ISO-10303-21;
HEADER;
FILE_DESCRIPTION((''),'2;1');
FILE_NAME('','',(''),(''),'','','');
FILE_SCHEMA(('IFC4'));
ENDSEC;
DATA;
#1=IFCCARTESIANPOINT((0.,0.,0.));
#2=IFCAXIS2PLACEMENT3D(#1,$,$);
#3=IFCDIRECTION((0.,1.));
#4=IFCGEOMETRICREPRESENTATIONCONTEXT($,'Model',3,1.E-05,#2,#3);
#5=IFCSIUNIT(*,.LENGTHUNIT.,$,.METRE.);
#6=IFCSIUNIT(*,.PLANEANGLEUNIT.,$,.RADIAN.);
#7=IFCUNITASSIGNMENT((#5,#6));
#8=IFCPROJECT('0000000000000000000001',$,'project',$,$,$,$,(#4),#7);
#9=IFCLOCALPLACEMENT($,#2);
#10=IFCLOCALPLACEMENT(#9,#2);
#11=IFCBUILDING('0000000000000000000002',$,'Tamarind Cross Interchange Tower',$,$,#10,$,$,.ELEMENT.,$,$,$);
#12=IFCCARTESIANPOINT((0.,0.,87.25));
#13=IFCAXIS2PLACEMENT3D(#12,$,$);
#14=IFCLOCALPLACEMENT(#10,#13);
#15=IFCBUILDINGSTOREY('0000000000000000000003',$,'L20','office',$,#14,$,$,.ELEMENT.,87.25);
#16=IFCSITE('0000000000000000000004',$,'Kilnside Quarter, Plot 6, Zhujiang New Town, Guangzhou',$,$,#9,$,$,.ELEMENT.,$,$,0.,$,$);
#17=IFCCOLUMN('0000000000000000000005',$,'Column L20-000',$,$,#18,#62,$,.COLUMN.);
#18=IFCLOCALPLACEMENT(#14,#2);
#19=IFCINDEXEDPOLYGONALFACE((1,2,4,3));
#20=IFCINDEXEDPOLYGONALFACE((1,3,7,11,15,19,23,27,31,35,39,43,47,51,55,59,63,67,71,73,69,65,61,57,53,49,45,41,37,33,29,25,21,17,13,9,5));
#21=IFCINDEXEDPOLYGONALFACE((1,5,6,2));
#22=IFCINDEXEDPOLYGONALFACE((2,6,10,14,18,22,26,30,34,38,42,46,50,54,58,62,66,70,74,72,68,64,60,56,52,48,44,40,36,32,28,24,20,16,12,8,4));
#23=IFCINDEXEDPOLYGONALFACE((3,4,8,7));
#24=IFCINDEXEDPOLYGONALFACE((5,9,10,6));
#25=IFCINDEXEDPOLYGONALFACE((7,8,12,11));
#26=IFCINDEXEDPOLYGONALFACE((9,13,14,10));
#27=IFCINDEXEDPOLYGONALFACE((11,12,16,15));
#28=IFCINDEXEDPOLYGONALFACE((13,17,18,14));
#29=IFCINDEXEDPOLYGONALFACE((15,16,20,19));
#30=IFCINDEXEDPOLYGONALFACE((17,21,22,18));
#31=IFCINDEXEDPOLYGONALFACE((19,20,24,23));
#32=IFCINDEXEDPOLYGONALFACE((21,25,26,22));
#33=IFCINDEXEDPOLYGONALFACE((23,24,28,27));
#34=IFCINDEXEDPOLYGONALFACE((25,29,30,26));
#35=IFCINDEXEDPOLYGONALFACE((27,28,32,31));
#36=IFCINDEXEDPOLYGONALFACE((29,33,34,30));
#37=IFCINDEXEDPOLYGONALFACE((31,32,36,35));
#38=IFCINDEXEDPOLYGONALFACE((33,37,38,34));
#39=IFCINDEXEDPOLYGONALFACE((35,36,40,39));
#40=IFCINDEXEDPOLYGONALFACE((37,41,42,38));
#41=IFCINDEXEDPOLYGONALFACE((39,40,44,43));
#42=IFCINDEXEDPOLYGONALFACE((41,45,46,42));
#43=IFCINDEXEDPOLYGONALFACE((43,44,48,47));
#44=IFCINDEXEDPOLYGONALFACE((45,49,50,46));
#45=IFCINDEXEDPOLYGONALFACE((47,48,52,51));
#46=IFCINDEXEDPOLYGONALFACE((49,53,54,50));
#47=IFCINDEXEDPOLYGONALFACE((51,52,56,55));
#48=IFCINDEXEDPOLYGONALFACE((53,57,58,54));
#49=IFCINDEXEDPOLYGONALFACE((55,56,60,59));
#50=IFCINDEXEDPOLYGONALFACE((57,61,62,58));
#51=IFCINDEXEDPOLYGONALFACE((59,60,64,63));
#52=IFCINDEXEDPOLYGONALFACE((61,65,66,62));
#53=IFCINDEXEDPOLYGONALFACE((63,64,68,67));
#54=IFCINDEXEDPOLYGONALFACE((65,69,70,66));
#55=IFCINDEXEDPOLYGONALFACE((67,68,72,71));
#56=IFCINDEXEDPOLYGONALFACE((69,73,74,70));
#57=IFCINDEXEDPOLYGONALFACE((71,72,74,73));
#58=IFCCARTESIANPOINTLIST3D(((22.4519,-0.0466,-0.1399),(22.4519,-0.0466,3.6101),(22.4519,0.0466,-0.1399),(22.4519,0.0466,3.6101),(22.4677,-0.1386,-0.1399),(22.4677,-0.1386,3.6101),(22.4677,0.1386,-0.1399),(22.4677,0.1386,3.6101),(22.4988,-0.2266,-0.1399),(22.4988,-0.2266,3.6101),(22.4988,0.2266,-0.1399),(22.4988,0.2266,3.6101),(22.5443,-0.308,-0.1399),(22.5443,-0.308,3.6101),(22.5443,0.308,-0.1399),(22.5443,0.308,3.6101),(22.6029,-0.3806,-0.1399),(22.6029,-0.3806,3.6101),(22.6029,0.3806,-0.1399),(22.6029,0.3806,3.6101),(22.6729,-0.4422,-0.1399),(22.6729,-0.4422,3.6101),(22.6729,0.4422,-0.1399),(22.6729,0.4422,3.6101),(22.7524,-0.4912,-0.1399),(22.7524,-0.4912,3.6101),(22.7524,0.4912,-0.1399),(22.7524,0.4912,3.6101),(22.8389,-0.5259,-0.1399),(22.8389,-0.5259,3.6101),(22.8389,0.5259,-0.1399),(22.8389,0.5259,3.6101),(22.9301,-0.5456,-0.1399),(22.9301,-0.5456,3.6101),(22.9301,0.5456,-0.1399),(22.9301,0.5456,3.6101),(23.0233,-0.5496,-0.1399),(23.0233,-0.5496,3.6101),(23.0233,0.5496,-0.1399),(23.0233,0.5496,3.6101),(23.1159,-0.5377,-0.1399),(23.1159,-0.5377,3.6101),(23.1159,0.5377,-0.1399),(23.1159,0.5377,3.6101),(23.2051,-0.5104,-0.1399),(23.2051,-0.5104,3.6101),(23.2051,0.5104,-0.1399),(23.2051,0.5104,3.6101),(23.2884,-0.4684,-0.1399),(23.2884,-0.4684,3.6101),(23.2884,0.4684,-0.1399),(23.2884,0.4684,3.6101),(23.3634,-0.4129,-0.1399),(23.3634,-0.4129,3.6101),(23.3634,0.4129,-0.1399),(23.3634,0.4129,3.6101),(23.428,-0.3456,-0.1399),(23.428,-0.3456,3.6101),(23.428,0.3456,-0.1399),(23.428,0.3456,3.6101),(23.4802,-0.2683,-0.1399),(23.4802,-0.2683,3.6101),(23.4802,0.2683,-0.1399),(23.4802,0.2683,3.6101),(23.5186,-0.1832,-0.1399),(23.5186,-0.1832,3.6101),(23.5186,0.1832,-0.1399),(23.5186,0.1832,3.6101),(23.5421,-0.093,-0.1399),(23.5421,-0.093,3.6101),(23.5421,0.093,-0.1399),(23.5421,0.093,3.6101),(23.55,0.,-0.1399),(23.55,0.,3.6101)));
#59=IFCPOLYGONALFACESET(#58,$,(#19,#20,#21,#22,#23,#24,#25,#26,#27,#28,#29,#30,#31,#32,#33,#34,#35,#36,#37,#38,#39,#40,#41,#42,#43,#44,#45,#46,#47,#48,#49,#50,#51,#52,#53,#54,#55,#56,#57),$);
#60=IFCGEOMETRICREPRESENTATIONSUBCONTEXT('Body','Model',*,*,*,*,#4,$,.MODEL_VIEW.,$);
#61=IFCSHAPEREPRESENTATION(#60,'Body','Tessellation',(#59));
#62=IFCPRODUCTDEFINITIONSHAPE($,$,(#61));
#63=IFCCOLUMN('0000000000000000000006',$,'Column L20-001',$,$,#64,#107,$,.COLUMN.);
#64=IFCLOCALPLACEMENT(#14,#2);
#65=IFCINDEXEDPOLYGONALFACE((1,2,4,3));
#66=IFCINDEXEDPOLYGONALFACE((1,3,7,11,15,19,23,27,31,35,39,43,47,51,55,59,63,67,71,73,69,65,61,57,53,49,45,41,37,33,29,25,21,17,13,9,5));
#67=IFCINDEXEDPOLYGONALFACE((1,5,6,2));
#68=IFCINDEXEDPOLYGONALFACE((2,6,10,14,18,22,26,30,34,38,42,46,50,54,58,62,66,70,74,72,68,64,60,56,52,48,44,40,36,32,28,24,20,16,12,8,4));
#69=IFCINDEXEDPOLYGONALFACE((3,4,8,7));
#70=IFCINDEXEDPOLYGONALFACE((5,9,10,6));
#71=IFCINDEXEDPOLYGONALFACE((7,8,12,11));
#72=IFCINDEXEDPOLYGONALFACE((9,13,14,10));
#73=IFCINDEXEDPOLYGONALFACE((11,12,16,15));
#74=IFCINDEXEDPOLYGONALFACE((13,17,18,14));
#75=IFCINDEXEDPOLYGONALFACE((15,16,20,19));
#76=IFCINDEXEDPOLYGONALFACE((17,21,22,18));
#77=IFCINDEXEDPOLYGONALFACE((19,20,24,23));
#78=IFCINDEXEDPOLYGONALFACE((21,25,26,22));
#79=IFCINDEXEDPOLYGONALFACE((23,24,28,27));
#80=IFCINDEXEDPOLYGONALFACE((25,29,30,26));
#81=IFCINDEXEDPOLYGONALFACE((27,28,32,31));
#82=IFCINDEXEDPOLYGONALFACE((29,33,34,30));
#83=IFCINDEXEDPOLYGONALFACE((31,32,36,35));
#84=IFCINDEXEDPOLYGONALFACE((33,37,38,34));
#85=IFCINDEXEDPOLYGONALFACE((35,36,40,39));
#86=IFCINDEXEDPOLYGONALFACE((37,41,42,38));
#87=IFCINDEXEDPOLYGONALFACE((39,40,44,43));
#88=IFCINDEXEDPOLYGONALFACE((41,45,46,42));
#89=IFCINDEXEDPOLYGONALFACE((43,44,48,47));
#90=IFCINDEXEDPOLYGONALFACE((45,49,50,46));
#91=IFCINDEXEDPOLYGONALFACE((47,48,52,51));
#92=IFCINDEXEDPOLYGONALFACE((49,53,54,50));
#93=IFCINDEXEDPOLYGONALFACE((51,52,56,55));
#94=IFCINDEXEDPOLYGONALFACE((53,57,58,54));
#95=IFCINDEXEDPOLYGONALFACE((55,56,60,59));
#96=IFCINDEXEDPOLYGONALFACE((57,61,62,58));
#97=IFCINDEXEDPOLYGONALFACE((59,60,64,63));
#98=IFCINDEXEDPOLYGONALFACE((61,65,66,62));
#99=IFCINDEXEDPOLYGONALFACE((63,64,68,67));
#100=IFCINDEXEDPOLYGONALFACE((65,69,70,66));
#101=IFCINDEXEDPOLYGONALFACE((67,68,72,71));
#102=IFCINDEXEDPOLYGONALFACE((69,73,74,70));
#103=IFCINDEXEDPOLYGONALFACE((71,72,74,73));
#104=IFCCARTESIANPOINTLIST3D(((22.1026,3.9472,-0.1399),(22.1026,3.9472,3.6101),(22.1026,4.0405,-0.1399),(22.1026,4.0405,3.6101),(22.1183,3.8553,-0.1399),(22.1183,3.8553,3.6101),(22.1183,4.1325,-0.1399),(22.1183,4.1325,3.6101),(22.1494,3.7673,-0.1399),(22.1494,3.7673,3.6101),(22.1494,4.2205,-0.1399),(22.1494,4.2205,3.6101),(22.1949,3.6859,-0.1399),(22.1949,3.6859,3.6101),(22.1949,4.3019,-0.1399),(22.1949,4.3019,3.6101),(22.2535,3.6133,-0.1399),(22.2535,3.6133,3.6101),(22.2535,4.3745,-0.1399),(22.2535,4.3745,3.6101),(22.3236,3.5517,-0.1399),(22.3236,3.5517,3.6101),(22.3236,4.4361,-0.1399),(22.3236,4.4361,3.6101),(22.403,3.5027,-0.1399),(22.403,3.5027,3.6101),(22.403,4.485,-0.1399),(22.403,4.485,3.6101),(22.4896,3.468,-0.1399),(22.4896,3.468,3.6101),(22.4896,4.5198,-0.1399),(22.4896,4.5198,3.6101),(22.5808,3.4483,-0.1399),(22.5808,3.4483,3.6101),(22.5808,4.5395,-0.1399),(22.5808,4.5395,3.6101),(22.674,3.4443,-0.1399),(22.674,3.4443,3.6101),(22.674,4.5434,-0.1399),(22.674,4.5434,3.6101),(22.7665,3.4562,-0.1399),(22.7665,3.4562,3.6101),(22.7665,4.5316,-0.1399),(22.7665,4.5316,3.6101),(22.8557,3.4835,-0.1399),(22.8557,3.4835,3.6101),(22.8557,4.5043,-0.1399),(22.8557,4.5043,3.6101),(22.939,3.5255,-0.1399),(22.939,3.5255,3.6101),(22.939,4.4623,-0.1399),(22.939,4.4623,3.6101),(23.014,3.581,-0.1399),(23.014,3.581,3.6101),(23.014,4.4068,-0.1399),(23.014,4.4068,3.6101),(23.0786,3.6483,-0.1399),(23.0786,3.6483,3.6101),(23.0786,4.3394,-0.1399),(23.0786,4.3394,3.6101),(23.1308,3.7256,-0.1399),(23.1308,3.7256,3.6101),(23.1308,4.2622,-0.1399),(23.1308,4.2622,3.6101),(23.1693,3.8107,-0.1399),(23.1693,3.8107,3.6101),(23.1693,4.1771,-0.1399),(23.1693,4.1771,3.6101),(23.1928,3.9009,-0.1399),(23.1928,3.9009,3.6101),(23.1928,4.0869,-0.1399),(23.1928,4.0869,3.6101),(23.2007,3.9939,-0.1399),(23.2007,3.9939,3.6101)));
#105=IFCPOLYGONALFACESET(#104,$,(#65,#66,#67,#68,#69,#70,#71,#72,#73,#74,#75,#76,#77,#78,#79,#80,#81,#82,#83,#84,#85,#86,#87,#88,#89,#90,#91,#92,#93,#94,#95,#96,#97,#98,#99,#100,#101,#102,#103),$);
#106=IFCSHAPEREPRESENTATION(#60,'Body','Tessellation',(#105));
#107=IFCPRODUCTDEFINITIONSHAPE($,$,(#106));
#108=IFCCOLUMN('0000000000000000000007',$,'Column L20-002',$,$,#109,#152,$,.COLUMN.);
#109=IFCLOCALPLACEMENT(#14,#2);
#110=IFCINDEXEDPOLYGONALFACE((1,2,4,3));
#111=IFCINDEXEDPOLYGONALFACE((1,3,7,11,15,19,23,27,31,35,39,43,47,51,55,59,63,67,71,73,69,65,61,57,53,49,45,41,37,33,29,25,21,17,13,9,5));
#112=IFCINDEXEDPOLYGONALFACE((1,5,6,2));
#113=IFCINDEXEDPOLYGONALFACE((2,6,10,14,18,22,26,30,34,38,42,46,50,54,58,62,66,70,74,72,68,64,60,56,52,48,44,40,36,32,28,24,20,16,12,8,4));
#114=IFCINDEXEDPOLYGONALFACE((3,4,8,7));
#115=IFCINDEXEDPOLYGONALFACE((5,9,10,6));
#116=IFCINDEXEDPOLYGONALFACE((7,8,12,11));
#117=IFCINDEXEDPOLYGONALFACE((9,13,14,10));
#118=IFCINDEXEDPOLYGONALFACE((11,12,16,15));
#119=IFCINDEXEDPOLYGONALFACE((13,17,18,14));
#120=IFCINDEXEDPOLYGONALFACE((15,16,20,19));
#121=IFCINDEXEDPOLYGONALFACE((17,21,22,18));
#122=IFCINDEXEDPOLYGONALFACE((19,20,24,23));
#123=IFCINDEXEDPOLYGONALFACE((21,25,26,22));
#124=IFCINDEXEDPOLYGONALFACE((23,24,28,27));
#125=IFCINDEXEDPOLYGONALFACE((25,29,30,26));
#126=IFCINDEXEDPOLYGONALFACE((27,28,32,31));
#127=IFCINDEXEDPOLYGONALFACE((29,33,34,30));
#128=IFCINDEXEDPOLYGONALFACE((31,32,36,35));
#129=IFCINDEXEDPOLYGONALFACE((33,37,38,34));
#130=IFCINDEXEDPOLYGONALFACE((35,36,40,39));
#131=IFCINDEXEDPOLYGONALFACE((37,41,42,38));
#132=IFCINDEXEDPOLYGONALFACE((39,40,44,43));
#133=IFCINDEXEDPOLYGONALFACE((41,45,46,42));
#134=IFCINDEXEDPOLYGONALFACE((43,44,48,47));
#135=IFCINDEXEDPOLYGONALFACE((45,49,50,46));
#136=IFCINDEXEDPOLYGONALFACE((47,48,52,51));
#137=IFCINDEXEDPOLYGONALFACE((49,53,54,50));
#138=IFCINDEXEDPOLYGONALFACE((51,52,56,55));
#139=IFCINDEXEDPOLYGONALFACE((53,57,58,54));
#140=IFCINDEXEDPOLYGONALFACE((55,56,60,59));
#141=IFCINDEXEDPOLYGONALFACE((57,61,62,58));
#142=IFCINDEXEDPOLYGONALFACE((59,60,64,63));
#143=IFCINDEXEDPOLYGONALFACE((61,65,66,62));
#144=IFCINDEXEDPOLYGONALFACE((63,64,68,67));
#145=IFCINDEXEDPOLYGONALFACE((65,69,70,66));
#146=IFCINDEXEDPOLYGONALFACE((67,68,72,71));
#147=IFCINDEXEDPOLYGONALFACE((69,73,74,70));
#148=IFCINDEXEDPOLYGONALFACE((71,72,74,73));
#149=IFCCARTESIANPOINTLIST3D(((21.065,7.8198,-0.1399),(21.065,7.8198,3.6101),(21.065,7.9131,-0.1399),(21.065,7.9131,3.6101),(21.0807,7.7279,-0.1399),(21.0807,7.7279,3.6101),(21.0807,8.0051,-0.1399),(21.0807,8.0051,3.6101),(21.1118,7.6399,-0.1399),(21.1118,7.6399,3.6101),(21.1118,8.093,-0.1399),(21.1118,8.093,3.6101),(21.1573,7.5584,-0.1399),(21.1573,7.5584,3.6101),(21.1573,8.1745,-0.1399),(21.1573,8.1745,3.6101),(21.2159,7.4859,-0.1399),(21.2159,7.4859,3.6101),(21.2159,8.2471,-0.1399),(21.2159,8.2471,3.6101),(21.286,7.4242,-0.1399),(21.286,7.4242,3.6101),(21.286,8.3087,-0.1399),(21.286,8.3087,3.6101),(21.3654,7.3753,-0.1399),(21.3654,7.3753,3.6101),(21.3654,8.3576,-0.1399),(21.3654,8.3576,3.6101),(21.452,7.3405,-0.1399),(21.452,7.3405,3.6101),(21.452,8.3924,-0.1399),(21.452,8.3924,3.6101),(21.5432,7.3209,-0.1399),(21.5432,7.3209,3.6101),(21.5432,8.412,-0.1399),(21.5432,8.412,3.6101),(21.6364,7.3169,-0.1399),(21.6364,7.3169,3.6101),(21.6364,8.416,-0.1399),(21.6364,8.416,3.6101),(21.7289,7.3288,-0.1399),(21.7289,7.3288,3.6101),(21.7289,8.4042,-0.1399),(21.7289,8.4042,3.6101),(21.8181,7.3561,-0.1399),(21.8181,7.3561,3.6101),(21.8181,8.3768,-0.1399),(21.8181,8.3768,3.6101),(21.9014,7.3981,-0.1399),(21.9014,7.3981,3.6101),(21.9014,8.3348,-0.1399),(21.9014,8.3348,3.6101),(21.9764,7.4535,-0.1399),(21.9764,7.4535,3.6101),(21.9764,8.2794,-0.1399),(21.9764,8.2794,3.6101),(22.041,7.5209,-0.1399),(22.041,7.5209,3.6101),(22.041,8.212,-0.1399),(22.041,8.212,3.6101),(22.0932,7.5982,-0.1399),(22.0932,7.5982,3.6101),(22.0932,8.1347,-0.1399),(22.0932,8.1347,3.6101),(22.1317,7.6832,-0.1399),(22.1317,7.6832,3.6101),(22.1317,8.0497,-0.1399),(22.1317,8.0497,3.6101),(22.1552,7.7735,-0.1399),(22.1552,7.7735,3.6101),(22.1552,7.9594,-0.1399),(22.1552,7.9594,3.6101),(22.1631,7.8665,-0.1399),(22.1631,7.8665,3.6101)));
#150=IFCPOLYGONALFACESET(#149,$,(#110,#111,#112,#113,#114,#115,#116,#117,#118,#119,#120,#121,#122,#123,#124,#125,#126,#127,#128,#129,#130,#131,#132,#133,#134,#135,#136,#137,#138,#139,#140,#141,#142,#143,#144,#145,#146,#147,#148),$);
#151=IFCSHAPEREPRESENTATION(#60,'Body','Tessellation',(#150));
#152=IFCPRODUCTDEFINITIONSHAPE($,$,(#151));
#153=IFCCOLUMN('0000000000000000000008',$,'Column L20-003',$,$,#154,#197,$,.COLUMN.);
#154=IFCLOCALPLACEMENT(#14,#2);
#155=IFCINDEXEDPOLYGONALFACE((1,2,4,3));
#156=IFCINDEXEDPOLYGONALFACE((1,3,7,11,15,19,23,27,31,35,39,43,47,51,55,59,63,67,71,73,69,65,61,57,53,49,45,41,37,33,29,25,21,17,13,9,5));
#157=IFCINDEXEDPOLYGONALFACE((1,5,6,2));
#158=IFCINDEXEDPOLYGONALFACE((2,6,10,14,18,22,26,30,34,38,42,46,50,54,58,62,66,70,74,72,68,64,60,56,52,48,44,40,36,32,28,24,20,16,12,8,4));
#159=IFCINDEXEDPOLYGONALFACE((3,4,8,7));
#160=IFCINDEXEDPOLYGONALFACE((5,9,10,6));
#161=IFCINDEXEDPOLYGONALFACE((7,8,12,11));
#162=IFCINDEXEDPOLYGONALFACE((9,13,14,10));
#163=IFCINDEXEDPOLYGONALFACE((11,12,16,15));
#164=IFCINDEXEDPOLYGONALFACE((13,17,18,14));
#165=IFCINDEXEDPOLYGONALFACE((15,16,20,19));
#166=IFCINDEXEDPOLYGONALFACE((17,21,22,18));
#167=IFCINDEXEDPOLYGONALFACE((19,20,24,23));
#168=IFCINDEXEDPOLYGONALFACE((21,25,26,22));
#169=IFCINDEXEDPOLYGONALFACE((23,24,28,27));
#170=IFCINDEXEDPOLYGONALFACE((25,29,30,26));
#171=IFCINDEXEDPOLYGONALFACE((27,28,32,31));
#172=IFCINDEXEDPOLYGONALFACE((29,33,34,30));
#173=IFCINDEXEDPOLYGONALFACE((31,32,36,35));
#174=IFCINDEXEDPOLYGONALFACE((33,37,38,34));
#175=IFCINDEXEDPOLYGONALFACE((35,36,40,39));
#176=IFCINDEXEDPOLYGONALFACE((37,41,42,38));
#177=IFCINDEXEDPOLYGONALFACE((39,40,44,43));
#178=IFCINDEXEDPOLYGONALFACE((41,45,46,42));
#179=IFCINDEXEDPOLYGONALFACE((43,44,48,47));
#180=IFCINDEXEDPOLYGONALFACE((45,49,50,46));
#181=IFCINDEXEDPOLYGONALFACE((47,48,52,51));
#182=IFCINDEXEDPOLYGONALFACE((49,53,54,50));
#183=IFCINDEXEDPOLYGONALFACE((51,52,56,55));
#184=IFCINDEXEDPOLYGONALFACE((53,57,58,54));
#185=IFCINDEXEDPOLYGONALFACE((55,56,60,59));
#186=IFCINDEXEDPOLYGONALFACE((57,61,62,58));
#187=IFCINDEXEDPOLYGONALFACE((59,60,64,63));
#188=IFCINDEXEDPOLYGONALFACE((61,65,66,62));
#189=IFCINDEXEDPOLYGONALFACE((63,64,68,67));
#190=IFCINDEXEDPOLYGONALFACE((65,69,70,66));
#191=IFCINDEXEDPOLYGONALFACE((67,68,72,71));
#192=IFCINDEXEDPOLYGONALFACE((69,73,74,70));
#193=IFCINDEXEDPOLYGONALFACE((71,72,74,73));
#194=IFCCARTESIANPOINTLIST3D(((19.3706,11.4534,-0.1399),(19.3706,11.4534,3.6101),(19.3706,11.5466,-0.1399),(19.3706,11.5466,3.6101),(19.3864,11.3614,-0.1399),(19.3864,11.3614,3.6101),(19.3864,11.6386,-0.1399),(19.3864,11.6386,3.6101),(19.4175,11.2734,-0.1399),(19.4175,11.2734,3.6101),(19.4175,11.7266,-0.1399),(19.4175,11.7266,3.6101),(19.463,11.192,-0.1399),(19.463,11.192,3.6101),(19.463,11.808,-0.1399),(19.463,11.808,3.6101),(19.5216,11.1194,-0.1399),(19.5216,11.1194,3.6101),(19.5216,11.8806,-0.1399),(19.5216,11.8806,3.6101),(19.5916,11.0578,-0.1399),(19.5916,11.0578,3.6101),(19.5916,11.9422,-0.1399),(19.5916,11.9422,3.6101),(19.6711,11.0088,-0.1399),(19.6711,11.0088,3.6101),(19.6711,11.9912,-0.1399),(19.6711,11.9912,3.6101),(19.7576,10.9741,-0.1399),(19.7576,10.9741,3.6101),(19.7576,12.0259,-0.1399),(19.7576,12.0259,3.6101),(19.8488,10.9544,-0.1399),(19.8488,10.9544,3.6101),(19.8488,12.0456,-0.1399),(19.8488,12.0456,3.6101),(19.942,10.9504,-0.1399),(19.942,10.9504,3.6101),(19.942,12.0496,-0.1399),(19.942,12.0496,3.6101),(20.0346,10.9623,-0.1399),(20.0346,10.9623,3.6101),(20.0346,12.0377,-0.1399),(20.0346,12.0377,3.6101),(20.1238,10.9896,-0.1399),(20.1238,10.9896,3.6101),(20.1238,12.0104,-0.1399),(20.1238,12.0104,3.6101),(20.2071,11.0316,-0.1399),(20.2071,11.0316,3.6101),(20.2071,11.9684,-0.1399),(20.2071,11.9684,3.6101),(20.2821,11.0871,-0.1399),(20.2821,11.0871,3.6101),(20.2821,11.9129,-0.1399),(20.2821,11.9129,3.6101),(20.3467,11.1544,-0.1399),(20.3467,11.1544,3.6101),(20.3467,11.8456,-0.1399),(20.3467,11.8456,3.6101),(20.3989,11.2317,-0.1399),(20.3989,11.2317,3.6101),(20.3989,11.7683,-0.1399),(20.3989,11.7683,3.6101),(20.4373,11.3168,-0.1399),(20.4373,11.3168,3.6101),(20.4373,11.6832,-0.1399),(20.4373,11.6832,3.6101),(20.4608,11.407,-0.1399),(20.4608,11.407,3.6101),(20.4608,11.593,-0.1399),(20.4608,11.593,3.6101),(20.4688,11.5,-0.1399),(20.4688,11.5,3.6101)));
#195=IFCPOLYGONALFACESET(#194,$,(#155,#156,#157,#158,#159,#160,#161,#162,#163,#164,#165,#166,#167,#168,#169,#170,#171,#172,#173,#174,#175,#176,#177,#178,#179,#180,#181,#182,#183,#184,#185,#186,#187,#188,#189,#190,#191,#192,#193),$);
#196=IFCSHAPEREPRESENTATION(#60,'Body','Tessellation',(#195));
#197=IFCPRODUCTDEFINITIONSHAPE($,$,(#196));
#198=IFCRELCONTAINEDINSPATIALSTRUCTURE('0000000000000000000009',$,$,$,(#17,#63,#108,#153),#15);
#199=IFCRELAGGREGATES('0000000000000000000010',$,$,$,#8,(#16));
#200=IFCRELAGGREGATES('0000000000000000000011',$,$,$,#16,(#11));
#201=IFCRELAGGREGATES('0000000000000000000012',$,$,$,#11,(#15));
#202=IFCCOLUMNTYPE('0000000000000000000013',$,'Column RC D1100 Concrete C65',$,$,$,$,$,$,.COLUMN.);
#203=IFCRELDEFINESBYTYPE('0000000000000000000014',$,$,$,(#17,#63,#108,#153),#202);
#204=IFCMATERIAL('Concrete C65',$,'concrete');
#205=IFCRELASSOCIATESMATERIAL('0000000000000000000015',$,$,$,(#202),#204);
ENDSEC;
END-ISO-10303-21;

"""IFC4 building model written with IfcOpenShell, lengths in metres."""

from ifc_helpers import new_model, si_unit, direction, frame, origin, origin_2d, place, context, subcontext, project, spatial, circle, extrude, material, material_profile, profile_set, type_object, element, save


model = new_model("IFC4")

# Units and contexts
model_context = context("Model", 3, precision=1e-05, world=origin(), true_north=direction((0.0, 1.0)))
body_context = subcontext(model_context, "Body", "Model", "MODEL_VIEW")
ifc_project = project(units=[si_unit("LENGTHUNIT", "METRE"), si_unit("PLANEANGLEUNIT", "RADIAN")], contexts=[model_context])

# Site, building, storey
site_placement = place(None, origin())
site = spatial("IfcSite", under=ifc_project, at=site_placement, Name="Kilnside Quarter, Plot 6, Zhujiang New Town, Guangzhou", CompositionType="ELEMENT", RefElevation=0.0)
building_placement = place(site_placement, origin())
building = spatial("IfcBuilding", under=site, at=building_placement, Name="Tamarind Cross Interchange Tower", CompositionType="ELEMENT")
storey_placement = place(building_placement, frame((0.0, 0.0, 87.25)))
storey = spatial("IfcBuildingStorey", under=building, at=storey_placement, Name="L20", Description="office", CompositionType="ELEMENT", Elevation=87.25)

# Columns
ifc_material_1 = material(Name="Concrete C65", Category="concrete")
ifc_material_profile_1 = material_profile(ifc_material_1, circle(Radius=0.55, at=origin_2d()), Name="RC D1100")
ifc_profile_set_1 = profile_set([ifc_material_profile_1], Name="Concrete C65")
column_type = type_object("IfcColumnType", Name="Column RC D1100 Concrete C65", PredefinedType="COLUMN", material=ifc_profile_set_1)
for number, where, z_axis, x_axis, name in (
    (1, (23.0, 0.0, -0.1399), (0.0, 0.0, 1.0), (1.0, 0.0, 0.0), "Column L20-000"),
    (2, (22.6506, 3.9939, -0.1399), (0.0, 0.0, 1.0), (1.0, 0.0, 0.0), "Column L20-001"),
    (3, (21.613, 7.8665, -0.1399), (0.0, 0.0, 1.0), (1.0, 0.0, 0.0), "Column L20-002"),
    (4, (19.9187, 11.5, -0.1399), (0.0, 0.0, 1.0), (1.0, 0.0, 0.0), "Column L20-003"),
):
    element("IfcColumn", number, at=place(storey_placement, frame(where, z_axis=z_axis, x_axis=x_axis)), inside=storey, type_object=column_type, Name=name, PredefinedType="COLUMN", context=body_context, shape_type="SweptSolid", body=[
        extrude(circle(Radius=0.55, at=origin_2d()), origin(), (0.0, 0.0, 1.0), 3.75),
    ])

save(model, "model.ifc")
